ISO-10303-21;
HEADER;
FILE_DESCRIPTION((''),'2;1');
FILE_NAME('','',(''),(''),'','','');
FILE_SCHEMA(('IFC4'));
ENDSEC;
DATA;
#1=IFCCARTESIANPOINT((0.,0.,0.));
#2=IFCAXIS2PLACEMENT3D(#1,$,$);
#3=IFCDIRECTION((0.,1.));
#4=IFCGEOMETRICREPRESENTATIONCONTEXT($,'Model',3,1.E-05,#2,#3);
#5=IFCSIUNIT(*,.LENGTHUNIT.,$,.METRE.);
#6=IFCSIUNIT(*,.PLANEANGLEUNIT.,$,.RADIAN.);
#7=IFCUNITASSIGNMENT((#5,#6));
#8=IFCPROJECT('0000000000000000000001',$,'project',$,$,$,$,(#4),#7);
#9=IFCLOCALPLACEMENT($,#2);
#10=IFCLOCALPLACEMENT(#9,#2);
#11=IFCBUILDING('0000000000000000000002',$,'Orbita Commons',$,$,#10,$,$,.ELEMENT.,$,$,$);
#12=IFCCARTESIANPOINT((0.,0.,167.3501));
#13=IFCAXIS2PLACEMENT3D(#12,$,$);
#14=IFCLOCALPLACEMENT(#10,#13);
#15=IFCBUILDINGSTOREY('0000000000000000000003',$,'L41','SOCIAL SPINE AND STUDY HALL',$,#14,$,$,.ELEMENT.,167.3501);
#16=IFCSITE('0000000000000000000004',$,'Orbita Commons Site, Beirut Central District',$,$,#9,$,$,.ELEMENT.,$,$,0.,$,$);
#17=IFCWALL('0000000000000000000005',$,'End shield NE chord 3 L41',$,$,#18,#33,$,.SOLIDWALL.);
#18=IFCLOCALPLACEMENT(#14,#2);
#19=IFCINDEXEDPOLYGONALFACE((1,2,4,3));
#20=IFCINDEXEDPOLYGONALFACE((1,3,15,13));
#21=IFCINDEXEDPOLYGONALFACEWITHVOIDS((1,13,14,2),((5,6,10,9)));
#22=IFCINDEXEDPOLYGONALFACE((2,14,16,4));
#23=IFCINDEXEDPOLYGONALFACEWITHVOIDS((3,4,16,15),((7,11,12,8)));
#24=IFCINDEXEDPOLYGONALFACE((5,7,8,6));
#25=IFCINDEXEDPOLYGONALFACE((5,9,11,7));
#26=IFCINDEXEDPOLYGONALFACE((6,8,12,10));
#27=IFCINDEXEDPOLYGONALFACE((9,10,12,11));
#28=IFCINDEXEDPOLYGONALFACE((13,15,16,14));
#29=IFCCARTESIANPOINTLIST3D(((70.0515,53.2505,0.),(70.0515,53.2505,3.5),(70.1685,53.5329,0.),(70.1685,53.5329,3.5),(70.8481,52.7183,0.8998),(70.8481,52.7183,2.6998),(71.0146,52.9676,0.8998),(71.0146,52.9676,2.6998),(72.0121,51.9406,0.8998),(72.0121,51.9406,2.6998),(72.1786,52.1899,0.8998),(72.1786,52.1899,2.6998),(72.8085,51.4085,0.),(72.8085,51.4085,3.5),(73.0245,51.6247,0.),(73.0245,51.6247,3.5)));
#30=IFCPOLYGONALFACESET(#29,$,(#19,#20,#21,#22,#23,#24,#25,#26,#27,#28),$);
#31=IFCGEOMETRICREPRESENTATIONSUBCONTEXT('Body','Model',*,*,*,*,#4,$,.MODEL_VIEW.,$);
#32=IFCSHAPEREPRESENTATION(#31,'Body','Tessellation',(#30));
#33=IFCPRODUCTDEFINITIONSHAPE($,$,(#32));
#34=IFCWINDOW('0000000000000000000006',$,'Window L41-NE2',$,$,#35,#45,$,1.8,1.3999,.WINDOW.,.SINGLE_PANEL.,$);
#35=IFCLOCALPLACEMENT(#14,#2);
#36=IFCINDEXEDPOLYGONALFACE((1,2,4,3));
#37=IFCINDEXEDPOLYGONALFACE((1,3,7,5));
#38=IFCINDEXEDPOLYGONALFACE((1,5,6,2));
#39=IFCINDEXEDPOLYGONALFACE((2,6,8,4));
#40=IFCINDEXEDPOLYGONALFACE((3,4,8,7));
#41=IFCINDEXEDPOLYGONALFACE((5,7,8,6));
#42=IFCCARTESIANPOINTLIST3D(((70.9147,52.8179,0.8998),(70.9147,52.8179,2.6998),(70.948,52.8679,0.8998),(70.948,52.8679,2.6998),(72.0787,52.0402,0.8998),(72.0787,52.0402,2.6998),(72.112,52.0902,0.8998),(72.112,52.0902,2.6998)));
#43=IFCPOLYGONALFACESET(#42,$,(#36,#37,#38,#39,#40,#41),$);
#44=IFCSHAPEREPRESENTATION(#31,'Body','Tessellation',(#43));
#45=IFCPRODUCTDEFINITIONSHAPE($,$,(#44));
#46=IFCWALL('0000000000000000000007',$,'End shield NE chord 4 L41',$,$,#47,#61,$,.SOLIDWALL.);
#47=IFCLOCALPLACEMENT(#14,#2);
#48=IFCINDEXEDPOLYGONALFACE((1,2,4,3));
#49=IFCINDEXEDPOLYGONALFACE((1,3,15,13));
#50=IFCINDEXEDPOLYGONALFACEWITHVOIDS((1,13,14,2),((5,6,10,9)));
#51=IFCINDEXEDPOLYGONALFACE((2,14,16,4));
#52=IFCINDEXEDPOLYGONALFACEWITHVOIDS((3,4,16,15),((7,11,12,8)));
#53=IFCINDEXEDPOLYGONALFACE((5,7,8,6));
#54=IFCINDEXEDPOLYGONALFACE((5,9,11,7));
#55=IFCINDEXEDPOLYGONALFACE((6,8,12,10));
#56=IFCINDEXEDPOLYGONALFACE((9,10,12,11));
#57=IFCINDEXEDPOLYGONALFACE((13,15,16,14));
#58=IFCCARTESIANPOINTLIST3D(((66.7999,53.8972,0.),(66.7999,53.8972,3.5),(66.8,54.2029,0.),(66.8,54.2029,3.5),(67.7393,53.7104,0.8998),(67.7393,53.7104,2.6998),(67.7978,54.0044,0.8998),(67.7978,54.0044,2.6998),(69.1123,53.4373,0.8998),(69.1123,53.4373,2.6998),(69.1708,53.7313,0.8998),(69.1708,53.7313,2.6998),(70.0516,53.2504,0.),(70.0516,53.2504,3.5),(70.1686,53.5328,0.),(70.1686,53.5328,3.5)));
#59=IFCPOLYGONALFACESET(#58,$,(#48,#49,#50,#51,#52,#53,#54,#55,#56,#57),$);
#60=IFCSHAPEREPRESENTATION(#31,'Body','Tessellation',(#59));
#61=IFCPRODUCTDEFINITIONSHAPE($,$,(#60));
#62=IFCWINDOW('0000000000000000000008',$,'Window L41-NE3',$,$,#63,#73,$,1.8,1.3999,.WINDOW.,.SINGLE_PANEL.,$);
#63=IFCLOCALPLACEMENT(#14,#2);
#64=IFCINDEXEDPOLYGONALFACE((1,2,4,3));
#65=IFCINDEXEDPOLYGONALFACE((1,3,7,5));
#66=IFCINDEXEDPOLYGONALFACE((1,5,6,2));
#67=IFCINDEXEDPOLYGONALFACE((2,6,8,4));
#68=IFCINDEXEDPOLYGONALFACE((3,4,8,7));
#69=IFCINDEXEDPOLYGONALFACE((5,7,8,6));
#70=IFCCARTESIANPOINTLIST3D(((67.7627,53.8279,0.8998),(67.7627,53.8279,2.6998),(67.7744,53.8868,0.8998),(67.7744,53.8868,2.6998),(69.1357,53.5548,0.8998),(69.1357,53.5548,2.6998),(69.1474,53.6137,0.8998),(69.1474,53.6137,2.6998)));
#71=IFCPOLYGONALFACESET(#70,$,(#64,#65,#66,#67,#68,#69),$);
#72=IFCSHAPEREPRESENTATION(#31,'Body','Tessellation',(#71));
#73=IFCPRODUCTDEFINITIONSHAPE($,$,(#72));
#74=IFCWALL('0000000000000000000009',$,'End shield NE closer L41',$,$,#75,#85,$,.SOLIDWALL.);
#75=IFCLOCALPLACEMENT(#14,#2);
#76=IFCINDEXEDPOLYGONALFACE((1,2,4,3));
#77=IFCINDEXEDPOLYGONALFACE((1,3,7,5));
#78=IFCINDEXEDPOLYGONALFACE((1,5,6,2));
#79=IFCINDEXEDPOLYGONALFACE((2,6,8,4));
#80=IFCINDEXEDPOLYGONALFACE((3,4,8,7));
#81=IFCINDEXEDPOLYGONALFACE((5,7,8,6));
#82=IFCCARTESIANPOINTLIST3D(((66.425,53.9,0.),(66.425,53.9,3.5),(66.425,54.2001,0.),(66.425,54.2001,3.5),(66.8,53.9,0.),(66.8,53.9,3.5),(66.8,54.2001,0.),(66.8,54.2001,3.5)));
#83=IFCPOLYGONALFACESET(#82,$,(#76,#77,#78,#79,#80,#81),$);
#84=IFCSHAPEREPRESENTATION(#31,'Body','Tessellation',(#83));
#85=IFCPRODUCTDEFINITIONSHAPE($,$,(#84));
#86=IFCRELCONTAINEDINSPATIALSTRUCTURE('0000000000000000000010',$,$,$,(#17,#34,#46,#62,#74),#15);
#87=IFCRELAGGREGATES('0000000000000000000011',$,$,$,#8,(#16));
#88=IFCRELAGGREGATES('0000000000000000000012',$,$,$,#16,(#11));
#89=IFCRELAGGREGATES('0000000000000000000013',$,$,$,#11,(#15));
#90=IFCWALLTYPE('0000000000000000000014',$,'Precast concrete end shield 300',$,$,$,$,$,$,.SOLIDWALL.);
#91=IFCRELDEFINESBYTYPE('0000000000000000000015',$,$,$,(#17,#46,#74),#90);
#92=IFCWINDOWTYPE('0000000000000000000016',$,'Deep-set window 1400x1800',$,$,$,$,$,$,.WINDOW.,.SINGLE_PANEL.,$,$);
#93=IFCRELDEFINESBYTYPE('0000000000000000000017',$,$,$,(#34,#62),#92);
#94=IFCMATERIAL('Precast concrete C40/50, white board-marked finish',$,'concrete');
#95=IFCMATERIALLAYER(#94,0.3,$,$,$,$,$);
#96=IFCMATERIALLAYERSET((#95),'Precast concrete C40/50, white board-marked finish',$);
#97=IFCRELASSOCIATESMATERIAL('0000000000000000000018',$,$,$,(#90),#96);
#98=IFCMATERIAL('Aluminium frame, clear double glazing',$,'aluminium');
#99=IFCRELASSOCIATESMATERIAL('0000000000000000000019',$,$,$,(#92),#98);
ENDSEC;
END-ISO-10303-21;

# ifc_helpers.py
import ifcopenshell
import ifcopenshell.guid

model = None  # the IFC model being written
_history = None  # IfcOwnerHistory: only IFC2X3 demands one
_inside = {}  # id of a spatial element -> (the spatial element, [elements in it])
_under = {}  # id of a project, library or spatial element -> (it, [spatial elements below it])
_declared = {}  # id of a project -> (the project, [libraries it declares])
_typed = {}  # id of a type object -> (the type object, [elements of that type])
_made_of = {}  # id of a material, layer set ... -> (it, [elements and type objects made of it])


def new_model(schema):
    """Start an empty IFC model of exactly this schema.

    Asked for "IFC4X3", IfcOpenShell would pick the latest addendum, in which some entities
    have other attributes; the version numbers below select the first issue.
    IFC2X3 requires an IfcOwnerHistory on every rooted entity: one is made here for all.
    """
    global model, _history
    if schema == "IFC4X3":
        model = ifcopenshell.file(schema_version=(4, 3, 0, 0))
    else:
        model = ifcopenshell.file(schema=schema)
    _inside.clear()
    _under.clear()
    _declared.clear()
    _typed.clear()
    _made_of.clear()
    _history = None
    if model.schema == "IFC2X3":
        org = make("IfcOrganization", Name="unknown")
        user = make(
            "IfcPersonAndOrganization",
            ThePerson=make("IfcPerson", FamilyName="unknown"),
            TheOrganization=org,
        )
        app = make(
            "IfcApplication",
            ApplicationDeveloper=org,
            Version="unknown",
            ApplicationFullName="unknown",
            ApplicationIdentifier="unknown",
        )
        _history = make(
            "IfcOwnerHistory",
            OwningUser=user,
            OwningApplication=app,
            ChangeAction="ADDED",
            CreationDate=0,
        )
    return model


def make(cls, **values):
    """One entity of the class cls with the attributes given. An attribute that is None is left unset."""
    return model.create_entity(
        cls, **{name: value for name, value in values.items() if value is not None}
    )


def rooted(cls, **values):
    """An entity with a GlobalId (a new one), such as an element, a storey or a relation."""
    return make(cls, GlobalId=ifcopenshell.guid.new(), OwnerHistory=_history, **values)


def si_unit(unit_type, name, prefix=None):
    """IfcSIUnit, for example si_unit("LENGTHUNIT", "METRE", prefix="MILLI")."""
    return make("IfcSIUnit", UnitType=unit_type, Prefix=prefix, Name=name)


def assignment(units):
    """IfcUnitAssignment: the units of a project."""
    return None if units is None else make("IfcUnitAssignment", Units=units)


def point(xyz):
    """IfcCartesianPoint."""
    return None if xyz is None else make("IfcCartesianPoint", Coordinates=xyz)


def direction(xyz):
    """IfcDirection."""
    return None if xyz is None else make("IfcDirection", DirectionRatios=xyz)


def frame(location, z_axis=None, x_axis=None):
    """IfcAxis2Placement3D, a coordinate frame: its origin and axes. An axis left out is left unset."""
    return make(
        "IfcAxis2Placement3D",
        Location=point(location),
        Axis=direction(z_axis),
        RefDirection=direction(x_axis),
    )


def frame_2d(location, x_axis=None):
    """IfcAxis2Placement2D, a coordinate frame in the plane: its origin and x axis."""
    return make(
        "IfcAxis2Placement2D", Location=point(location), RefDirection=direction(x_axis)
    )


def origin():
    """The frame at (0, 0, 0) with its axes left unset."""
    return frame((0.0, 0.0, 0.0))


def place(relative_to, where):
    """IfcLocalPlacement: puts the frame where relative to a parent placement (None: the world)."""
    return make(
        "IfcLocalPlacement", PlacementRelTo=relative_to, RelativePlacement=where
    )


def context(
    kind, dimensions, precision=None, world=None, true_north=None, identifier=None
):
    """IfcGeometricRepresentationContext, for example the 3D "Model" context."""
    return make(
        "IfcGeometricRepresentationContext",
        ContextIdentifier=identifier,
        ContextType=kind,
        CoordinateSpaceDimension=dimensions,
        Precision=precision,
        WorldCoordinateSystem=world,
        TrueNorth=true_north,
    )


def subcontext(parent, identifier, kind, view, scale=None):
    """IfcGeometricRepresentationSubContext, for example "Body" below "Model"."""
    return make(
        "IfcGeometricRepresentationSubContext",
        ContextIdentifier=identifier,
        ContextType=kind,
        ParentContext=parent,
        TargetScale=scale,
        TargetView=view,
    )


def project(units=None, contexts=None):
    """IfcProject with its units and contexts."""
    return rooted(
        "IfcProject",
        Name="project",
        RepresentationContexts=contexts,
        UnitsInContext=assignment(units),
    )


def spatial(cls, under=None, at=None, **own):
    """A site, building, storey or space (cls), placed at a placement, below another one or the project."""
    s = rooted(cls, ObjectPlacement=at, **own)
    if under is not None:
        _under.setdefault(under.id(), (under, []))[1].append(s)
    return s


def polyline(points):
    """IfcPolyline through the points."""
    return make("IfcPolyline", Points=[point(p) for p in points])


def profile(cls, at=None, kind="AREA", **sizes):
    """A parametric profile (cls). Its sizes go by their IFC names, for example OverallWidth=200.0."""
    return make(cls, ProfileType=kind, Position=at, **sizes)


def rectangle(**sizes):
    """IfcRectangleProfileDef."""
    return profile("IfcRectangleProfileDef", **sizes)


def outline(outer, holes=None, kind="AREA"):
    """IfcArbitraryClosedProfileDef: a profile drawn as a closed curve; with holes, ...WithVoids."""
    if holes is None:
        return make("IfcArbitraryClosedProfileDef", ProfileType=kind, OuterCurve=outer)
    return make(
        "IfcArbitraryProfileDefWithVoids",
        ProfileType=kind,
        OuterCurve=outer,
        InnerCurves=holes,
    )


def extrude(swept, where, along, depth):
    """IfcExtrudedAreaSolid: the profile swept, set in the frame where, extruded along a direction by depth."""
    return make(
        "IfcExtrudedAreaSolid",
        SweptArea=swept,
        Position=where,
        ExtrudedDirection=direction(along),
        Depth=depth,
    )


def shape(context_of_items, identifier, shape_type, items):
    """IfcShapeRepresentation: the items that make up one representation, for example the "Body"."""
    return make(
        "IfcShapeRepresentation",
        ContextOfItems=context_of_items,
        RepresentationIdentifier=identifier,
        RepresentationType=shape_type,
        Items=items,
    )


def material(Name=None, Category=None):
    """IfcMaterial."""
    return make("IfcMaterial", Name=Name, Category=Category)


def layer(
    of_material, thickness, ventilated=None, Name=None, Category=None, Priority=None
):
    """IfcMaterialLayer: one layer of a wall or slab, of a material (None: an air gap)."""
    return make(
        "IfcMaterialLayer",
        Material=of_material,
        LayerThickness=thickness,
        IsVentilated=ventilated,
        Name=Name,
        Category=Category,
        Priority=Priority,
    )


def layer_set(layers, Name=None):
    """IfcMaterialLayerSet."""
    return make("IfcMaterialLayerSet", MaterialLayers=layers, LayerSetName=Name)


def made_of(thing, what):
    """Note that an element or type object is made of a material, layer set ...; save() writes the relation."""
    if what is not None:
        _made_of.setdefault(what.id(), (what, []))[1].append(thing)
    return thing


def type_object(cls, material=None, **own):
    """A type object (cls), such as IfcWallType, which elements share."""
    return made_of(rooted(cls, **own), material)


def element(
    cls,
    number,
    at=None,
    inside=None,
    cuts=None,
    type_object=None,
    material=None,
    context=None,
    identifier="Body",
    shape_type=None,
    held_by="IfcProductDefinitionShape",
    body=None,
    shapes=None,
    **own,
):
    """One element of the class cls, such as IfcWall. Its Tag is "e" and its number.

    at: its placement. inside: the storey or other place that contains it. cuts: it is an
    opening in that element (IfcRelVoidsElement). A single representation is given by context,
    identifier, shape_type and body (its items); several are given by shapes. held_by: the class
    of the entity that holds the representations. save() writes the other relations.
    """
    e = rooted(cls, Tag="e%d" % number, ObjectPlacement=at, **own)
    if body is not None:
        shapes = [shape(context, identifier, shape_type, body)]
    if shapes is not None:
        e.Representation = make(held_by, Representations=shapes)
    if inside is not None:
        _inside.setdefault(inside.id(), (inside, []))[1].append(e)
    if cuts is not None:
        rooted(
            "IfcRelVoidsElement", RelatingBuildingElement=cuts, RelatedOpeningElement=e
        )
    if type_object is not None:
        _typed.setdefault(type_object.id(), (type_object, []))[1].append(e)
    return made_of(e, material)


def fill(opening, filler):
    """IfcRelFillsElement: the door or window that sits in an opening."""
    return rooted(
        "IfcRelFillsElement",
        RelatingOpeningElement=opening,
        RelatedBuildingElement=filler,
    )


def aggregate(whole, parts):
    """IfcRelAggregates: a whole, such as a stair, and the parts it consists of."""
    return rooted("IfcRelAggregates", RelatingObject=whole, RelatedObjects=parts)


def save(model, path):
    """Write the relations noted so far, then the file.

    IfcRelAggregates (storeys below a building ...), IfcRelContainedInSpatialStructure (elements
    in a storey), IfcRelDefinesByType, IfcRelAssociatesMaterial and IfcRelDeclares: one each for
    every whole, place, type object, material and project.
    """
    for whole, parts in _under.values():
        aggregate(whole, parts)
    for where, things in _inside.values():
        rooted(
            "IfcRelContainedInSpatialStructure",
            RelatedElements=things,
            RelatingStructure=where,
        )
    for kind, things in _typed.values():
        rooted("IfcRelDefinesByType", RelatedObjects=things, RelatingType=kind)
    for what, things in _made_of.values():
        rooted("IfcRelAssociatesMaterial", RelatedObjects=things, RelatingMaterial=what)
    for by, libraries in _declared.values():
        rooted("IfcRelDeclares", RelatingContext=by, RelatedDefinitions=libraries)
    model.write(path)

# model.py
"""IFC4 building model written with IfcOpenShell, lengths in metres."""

from ifc_helpers import new_model, si_unit, direction, frame, frame_2d, origin, place, context, subcontext, project, spatial, polyline, rectangle, outline, extrude, material, layer, layer_set, type_object, element, fill, save


model = new_model("IFC4")

# Units and contexts
model_context = context("Model", 3, precision=1e-05, world=origin(), true_north=direction((0.0, 1.0)))
body_context = subcontext(model_context, "Body", "Model", "MODEL_VIEW")
ifc_project = project(units=[si_unit("LENGTHUNIT", "METRE"), si_unit("PLANEANGLEUNIT", "RADIAN")], contexts=[model_context])

# Site, building, storey
site_placement = place(None, origin())
site = spatial("IfcSite", under=ifc_project, at=site_placement, Name="Orbita Commons Site, Beirut Central District", CompositionType="ELEMENT", RefElevation=0.0)
building_placement = place(site_placement, origin())
building = spatial("IfcBuilding", under=site, at=building_placement, Name="Orbita Commons", CompositionType="ELEMENT")
storey_placement = place(building_placement, frame((0.0, 0.0, 167.3501)))
storey = spatial("IfcBuildingStorey", under=building, at=storey_placement, Name="L41", Description="SOCIAL SPINE AND STUDY HALL", CompositionType="ELEMENT", Elevation=167.3501)

# Walls, openings, windows
ifc_material_1 = material(Name="Precast concrete C40/50, white board-marked finish", Category="concrete")
ifc_layer_1 = layer(ifc_material_1, 0.3)
ifc_layer_set_1 = layer_set([ifc_layer_1], Name="Precast concrete C40/50, white board-marked finish")
wall_type_1 = type_object("IfcWallType", Name="Precast concrete end shield 300", PredefinedType="SOLIDWALL", material=ifc_layer_set_1)
wall_1_placement = place(storey_placement, frame((72.9165, 51.5166, 0.0), z_axis=(0.0, 0.0, 1.0), x_axis=(-0.831493, 0.555535, 0.0)))
wall_1 = element("IfcWall", 1, at=wall_1_placement, inside=storey, type_object=wall_type_1, Name="End shield NE chord 3 L41", PredefinedType="SOLIDWALL", context=body_context, shape_type="SweptSolid", body=[
    extrude(outline(polyline([(-0.0298, -0.1499), (3.405, -0.1499), (3.3455, 0.1499), (0.0298, 0.1499), (-0.0298, -0.1499)])), origin(), (0.0, 0.0, 1.0), 3.5),
])
opening_1_placement = place(wall_1_placement, frame((0.9875, 0.0, 0.8999)))
opening_1 = element("IfcOpeningElement", 2, at=opening_1_placement, cuts=wall_1, PredefinedType="OPENING", context=body_context, shape_type="SweptSolid", body=[
    extrude(rectangle(XDim=1.3999, YDim=1.8, at=frame_2d((0.7, 0.8999))), frame((0.0, 0.1599, 0.0), z_axis=(0.0, -1.0, 0.0), x_axis=(1.0, 0.0, 0.0)), (0.0, 0.0, 1.0), 0.3201),
])
ifc_material_2 = material(Name="Aluminium frame, clear double glazing", Category="aluminium")
window_type = type_object("IfcWindowType", Name="Deep-set window 1400x1800", PartitioningType="SINGLE_PANEL", PredefinedType="WINDOW", material=ifc_material_2)
window_1_placement = place(opening_1_placement, origin())
window_1 = element("IfcWindow", 3, at=window_1_placement, inside=storey, type_object=window_type, Name="Window L41-NE2", OverallHeight=1.8, OverallWidth=1.3999, PartitioningType="SINGLE_PANEL", PredefinedType="WINDOW", context=body_context, shape_type="SweptSolid", body=[
    extrude(rectangle(XDim=1.3999, YDim=1.8, at=frame_2d((0.7, 0.8999))), frame((0.0, 0.03, 0.0), z_axis=(0.0, -1.0, 0.0), x_axis=(1.0, 0.0, 0.0)), (0.0, 0.0, 1.0), 0.0601),
])
fill(opening_1, window_1)
wall_2_placement = place(storey_placement, frame((70.1101, 53.3916, 0.0), z_axis=(0.0, 0.0, 1.0), x_axis=(-0.980783, 0.1951, 0.0)))
wall_2 = element("IfcWall", 4, at=wall_2_placement, inside=storey, type_object=wall_type_1, Name="End shield NE chord 4 L41", PredefinedType="SOLIDWALL", context=body_context, shape_type="SweptSolid", body=[
    extrude(outline(polyline([(-0.0298, -0.1499), (3.4048, -0.1499), (3.3452, 0.1499), (0.0298, 0.1499), (-0.0298, -0.1499)])), origin(), (0.0, 0.0, 1.0), 3.5),
])
opening_2_placement = place(wall_2_placement, frame((0.9875, 0.0, 0.8999)))
opening_2 = element("IfcOpeningElement", 5, at=opening_2_placement, cuts=wall_2, PredefinedType="OPENING", context=body_context, shape_type="SweptSolid", body=[
    extrude(rectangle(XDim=1.3999, YDim=1.8, at=frame_2d((0.7, 0.8999))), frame((0.0, 0.1599, 0.0), z_axis=(0.0, -1.0, 0.0), x_axis=(1.0, 0.0, 0.0)), (0.0, 0.0, 1.0), 0.3201),
])
window_2_placement = place(opening_2_placement, origin())
window_2 = element("IfcWindow", 6, at=window_2_placement, inside=storey, type_object=window_type, Name="Window L41-NE3", OverallHeight=1.8, OverallWidth=1.3999, PartitioningType="SINGLE_PANEL", PredefinedType="WINDOW", context=body_context, shape_type="SweptSolid", body=[
    extrude(rectangle(XDim=1.3999, YDim=1.8, at=frame_2d((0.7, 0.8999))), frame((0.0, 0.03, 0.0), z_axis=(0.0, -1.0, 0.0), x_axis=(1.0, 0.0, 0.0)), (0.0, 0.0, 1.0), 0.0601),
])
fill(opening_2, window_2)

# Wall
wall_3_placement = place(storey_placement, frame((66.8, 54.05, 0.0), z_axis=(0.0, 0.0, 1.0), x_axis=(-1.0, 0.0, 0.0)))
element("IfcWall", 7, at=wall_3_placement, inside=storey, type_object=wall_type_1, Name="End shield NE closer L41", PredefinedType="SOLIDWALL", context=body_context, shape_type="SweptSolid", body=[
    extrude(rectangle(XDim=0.375, YDim=0.3, at=frame_2d((0.1875, 0.0))), origin(), (0.0, 0.0, 1.0), 3.5),
])

save(model, "model.ifc")
